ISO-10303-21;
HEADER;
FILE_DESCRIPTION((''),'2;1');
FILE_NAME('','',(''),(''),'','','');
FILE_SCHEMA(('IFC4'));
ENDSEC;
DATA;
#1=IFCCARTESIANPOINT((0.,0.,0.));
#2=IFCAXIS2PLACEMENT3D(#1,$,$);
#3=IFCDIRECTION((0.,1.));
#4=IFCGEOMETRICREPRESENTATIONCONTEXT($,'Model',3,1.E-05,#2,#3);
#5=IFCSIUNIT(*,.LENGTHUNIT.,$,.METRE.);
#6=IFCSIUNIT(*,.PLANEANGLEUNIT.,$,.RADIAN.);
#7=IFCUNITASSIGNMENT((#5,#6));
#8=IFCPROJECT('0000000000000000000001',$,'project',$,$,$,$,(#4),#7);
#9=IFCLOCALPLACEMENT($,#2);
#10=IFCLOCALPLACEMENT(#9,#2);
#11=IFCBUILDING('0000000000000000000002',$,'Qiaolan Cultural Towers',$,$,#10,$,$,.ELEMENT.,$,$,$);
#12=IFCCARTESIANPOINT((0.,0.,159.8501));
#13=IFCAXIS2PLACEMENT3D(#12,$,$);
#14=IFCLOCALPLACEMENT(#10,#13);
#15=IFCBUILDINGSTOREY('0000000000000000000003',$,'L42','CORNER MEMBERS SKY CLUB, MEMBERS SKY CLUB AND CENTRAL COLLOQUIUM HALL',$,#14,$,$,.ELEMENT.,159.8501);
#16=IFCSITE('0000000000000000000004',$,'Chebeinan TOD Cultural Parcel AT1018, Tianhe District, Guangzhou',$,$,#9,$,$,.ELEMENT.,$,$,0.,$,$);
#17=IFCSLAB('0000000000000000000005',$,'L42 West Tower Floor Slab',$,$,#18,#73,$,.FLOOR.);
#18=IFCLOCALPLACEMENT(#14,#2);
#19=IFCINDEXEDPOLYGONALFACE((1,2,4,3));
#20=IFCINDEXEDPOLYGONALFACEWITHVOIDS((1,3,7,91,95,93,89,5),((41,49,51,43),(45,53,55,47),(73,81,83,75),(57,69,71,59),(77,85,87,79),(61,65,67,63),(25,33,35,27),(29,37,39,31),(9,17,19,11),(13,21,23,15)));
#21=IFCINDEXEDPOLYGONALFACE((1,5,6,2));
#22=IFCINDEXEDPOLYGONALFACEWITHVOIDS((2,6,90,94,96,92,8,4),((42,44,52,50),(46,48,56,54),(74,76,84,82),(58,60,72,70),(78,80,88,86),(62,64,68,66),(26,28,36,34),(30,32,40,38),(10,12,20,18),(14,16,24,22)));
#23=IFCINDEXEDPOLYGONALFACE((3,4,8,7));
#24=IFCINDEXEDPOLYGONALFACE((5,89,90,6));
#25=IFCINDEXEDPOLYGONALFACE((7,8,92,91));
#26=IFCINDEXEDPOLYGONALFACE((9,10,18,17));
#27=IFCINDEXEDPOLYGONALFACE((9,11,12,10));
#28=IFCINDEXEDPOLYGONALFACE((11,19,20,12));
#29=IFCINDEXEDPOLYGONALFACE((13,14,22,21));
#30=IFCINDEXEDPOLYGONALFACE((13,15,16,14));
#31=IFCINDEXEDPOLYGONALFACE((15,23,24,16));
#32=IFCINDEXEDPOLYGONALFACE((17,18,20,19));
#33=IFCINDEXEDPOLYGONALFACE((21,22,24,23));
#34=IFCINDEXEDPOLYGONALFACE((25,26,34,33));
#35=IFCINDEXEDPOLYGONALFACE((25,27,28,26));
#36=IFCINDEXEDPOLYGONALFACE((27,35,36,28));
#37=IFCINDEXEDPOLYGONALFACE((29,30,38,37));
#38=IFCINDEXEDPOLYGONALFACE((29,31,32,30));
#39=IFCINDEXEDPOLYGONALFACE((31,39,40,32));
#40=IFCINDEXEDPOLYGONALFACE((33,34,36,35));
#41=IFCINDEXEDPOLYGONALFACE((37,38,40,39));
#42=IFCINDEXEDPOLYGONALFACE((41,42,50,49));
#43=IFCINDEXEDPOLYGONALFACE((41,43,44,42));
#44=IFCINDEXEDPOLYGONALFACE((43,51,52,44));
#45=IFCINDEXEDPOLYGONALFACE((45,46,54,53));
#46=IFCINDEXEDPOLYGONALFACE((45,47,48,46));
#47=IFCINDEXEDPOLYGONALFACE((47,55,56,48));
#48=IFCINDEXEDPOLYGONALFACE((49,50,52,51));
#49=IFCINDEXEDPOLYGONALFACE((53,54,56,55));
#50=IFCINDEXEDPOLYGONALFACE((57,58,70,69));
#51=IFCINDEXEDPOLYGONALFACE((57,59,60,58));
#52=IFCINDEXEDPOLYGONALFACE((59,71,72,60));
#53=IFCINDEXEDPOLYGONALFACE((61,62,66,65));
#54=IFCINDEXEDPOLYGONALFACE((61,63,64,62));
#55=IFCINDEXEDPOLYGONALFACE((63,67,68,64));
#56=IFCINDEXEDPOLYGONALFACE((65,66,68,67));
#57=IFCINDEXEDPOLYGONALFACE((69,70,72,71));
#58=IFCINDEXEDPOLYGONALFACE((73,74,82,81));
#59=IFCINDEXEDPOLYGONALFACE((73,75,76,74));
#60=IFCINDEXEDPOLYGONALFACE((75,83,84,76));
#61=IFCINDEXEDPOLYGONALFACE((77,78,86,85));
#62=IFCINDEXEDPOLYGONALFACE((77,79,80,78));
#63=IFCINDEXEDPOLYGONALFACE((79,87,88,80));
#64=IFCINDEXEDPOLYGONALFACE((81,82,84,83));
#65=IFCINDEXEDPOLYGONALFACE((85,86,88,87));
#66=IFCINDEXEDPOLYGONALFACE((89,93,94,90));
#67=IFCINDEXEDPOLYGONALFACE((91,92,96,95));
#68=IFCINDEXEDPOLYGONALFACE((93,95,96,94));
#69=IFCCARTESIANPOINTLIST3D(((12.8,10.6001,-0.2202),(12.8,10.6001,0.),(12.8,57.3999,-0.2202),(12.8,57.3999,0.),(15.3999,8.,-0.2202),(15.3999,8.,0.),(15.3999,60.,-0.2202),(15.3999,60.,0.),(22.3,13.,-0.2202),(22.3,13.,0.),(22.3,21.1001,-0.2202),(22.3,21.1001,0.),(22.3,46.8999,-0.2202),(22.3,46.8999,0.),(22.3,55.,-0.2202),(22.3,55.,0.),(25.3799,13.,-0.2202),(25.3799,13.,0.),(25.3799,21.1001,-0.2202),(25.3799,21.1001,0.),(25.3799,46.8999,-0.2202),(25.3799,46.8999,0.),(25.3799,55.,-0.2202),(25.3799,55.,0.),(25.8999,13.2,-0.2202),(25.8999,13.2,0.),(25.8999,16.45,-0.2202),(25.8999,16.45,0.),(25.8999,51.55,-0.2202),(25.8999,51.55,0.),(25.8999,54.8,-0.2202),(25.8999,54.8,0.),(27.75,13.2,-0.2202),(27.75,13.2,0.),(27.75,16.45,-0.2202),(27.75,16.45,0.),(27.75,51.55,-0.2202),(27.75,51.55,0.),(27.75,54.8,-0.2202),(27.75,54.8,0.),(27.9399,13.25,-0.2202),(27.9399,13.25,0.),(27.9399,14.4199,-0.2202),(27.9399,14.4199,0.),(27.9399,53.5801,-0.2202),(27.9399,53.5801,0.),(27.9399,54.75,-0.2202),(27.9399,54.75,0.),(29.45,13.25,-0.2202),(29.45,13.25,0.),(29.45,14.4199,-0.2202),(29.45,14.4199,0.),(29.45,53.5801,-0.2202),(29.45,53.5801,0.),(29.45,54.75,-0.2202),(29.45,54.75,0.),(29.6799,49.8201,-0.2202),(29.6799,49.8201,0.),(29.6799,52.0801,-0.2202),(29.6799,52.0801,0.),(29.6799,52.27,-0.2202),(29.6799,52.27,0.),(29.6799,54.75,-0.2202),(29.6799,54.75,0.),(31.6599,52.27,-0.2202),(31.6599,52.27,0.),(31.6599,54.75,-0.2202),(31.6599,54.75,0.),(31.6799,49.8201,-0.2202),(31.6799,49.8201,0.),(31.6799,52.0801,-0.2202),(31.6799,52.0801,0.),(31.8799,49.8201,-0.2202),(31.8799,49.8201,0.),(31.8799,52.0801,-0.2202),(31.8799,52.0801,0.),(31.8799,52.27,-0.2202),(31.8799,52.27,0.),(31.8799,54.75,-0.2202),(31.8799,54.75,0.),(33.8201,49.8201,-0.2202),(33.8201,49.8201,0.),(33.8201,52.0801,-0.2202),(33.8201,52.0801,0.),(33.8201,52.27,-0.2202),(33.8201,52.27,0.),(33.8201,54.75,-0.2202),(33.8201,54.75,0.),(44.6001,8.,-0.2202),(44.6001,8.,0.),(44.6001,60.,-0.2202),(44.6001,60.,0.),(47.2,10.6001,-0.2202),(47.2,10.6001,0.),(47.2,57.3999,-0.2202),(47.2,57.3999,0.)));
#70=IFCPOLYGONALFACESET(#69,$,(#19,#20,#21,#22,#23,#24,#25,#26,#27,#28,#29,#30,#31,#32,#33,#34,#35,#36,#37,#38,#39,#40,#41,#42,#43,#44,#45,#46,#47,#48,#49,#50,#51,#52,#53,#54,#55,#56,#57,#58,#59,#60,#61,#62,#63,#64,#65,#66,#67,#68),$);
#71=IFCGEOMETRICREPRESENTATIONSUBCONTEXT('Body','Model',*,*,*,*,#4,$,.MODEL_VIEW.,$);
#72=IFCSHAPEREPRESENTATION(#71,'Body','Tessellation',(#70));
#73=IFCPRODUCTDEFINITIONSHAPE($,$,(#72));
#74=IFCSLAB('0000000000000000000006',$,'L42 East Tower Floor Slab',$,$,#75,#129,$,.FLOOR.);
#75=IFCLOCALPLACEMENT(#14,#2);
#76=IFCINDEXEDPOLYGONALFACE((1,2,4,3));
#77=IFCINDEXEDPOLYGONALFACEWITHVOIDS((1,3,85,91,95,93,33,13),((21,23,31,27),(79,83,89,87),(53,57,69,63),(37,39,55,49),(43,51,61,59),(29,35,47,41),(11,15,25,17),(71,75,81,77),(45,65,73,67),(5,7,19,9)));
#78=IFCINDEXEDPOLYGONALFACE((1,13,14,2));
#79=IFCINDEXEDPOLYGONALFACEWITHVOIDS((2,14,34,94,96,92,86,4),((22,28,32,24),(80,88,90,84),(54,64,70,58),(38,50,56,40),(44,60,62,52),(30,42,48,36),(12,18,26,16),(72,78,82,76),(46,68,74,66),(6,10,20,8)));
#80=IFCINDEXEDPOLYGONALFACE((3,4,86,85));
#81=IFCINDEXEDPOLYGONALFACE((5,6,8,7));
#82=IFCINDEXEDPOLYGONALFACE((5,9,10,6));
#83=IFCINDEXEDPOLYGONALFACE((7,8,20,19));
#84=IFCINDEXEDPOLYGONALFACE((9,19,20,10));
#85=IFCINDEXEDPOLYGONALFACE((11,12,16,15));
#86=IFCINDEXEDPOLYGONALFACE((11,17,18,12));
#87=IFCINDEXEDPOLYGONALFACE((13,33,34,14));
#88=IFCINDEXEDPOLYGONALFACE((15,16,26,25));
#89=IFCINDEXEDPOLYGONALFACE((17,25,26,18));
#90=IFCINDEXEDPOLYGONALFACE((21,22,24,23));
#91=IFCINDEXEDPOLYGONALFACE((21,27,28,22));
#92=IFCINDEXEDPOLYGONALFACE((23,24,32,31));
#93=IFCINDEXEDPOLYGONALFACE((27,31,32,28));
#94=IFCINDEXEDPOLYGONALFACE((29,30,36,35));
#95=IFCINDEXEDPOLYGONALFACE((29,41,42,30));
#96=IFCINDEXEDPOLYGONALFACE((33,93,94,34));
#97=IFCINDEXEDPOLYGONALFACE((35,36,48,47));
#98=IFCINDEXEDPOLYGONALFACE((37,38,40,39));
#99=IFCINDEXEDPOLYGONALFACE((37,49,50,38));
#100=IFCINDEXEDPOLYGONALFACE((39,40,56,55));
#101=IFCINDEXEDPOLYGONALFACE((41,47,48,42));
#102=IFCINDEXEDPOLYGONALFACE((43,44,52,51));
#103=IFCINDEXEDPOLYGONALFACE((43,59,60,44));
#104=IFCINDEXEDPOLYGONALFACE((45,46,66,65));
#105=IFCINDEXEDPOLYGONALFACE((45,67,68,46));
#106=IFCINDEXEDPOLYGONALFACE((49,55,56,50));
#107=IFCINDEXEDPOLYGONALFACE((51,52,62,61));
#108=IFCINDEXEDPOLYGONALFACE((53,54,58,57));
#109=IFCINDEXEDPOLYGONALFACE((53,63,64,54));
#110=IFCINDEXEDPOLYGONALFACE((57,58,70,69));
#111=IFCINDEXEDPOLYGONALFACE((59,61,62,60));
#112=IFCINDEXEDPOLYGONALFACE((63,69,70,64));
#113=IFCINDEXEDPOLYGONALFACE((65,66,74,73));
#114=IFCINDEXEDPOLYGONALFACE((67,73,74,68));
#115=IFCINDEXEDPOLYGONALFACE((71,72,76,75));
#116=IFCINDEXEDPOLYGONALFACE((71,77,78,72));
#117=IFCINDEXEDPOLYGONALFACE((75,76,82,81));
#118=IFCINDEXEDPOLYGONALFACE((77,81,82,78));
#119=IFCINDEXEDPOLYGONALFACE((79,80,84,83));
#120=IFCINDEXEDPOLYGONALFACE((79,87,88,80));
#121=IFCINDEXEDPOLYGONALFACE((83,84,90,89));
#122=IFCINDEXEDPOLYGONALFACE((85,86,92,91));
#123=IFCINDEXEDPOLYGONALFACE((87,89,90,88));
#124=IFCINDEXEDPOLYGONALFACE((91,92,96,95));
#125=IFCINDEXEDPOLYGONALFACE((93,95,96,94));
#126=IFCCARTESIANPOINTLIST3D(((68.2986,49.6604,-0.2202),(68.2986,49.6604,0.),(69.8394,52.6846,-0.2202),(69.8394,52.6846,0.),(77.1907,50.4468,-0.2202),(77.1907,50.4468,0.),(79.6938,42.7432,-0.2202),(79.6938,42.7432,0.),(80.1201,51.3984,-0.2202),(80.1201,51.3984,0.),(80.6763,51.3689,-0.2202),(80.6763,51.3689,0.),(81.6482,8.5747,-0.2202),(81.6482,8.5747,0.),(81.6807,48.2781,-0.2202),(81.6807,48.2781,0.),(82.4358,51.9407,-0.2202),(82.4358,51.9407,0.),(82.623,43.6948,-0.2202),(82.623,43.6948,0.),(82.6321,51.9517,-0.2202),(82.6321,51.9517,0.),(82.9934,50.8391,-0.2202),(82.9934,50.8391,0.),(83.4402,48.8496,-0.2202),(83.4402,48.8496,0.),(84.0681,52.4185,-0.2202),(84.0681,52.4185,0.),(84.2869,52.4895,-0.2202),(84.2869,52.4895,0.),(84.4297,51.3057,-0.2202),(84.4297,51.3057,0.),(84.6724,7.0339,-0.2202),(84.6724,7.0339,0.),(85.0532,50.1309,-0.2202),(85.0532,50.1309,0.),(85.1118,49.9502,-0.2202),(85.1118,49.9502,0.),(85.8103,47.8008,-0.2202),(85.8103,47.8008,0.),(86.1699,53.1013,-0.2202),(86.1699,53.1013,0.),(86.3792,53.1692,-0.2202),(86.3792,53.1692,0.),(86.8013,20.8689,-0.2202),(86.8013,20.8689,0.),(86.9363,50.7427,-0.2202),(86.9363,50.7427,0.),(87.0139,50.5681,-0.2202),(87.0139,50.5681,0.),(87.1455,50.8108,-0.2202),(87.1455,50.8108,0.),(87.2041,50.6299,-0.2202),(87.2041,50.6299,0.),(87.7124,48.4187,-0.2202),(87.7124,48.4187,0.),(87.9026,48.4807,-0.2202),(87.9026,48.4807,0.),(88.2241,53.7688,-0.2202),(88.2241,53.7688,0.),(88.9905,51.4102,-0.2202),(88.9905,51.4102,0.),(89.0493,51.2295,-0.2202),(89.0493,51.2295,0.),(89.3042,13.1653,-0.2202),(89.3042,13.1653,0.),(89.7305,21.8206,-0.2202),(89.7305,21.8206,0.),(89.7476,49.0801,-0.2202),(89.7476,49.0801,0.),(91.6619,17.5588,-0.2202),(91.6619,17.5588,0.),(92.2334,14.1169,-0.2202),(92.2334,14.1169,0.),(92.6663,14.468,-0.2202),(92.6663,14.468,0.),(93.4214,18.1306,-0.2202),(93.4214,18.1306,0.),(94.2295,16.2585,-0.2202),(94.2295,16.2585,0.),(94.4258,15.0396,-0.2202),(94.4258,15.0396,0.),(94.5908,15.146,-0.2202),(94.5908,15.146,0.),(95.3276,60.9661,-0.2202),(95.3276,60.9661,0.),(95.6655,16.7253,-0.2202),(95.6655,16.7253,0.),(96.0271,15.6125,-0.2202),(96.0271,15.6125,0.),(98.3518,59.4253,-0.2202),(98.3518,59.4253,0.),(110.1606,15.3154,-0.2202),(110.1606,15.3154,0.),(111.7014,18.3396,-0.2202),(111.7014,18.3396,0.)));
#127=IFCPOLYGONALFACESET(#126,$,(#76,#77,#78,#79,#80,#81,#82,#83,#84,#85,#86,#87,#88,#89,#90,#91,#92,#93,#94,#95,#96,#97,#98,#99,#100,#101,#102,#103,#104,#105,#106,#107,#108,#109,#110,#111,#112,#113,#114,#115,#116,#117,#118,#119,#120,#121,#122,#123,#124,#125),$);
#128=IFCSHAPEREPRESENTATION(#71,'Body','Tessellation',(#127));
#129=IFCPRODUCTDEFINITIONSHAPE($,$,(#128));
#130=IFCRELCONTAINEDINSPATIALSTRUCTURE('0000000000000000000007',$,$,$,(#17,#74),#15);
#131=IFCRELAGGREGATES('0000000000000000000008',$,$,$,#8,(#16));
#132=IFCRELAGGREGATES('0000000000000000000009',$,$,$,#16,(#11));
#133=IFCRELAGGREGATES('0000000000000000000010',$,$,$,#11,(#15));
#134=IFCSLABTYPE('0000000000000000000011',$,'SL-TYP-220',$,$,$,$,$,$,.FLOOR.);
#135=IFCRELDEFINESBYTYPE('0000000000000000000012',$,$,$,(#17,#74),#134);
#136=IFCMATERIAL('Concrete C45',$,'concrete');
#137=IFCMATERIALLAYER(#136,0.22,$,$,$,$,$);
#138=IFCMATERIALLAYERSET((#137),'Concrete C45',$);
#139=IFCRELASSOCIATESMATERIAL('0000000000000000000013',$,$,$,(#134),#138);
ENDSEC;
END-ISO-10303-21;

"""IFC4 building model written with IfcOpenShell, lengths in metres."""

from ifc_helpers import new_model, si_unit, direction, frame, origin, place, context, subcontext, project, spatial, polyline, outline, extrude, material, layer, layer_set, type_object, element, save


model = new_model("IFC4")

# Units and contexts
model_context = context("Model", 3, precision=1e-05, world=origin(), true_north=direction((0.0, 1.0)))
body_context = subcontext(model_context, "Body", "Model", "MODEL_VIEW")
ifc_project = project(units=[si_unit("LENGTHUNIT", "METRE"), si_unit("PLANEANGLEUNIT", "RADIAN")], contexts=[model_context])

# Site, building, storey
site_placement = place(None, origin())
site = spatial("IfcSite", under=ifc_project, at=site_placement, Name="Chebeinan TOD Cultural Parcel AT1018, Tianhe District, Guangzhou", CompositionType="ELEMENT", RefElevation=0.0)
building_placement = place(site_placement, origin())
building = spatial("IfcBuilding", under=site, at=building_placement, Name="Qiaolan Cultural Towers", CompositionType="ELEMENT")
storey_placement = place(building_placement, frame((0.0, 0.0, 159.8501)))
storey = spatial("IfcBuildingStorey", under=building, at=storey_placement, Name="L42", Description="CORNER MEMBERS SKY CLUB, MEMBERS SKY CLUB AND CENTRAL COLLOQUIUM HALL", CompositionType="ELEMENT", Elevation=159.8501)

# Slabs
ifc_material_1 = material(Name="Concrete C45", Category="concrete")
ifc_layer_1 = layer(ifc_material_1, 0.22)
ifc_layer_set_1 = layer_set([ifc_layer_1], Name="Concrete C45")
slab_type_1 = type_object("IfcSlabType", Name="SL-TYP-220", PredefinedType="FLOOR", material=ifc_layer_set_1)
slab_1_placement = place(storey_placement, frame((0.0, 0.0, -0.2202)))
element("IfcSlab", 1, at=slab_1_placement, inside=storey, type_object=slab_type_1, Name="L42 West Tower Floor Slab", PredefinedType="FLOOR", context=body_context, shape_type="SweptSolid", body=[
    extrude(outline(polyline([(15.3999, 8.0), (44.6001, 8.0), (47.2, 10.6001), (47.2, 57.3999), (44.6001, 60.0), (15.3999, 60.0), (12.8, 57.3999), (12.8, 10.6001), (15.3999, 8.0)]), holes=[polyline([(22.3, 21.1001), (22.3, 13.0), (25.3799, 13.0), (25.3799, 21.1001), (22.3, 21.1001)]), polyline([(25.3799, 46.8999), (25.3799, 55.0), (22.3, 55.0), (22.3, 46.8999), (25.3799, 46.8999)]), polyline([(25.8999, 13.2), (27.75, 13.2), (27.75, 16.45), (25.8999, 16.45), (25.8999, 13.2)]), polyline([(27.9399, 13.25), (29.45, 13.25), (29.45, 14.4199), (27.9399, 14.4199), (27.9399, 13.25)]), polyline([(25.8999, 51.55), (27.75, 51.55), (27.75, 54.8), (25.8999, 54.8), (25.8999, 51.55)]), polyline([(27.9399, 53.5801), (29.45, 53.5801), (29.45, 54.75), (27.9399, 54.75), (27.9399, 53.5801)]), polyline([(29.6799, 49.8201), (31.6799, 49.8201), (31.6799, 52.0801), (29.6799, 52.0801), (29.6799, 49.8201)]), polyline([(31.8799, 49.8201), (33.8201, 49.8201), (33.8201, 52.0801), (31.8799, 52.0801), (31.8799, 49.8201)]), polyline([(29.6799, 52.27), (31.6599, 52.27), (31.6599, 54.75), (29.6799, 54.75), (29.6799, 52.27)]), polyline([(31.8799, 52.27), (33.8201, 52.27), (33.8201, 54.75), (31.8799, 54.75), (31.8799, 52.27)])]), origin(), (0.0, 0.0, 1.0), 0.2202),
])
slab_2_placement = place(storey_placement, frame((0.0, 0.0, -0.2202)))
element("IfcSlab", 2, at=slab_2_placement, inside=storey, type_object=slab_type_1, Name="L42 East Tower Floor Slab", PredefinedType="FLOOR", context=body_context, shape_type="SweptSolid", body=[
    extrude(outline(polyline([(84.6724, 7.0339), (110.1606, 15.3154), (111.7014, 18.3396), (98.3518, 59.4253), (95.3276, 60.9661), (69.8394, 52.6846), (68.2986, 49.6604), (81.6482, 8.5747), (84.6724, 7.0339)]), holes=[polyline([(86.8013, 20.8689), (89.3042, 13.1653), (92.2334, 14.1169), (89.7305, 21.8206), (86.8013, 20.8689)]), polyline([(82.623, 43.6948), (80.1201, 51.3984), (77.1907, 50.4468), (79.6938, 42.7432), (82.623, 43.6948)]), polyline([(92.6663, 14.468), (94.4258, 15.0396), (93.4214, 18.1306), (91.6619, 17.5588), (92.6663, 14.468)]), polyline([(94.5908, 15.146), (96.0271, 15.6125), (95.6655, 16.7253), (94.2295, 16.2585), (94.5908, 15.146)]), polyline([(81.6807, 48.2781), (83.4402, 48.8496), (82.4358, 51.9407), (80.6763, 51.3689), (81.6807, 48.2781)]), polyline([(82.9934, 50.8391), (84.4297, 51.3057), (84.0681, 52.4185), (82.6321, 51.9517), (82.9934, 50.8391)]), polyline([(85.8103, 47.8008), (87.7124, 48.4187), (87.0139, 50.5681), (85.1118, 49.9502), (85.8103, 47.8008)]), polyline([(87.9026, 48.4807), (89.7476, 49.0801), (89.0493, 51.2295), (87.2041, 50.6299), (87.9026, 48.4807)]), polyline([(85.0532, 50.1309), (86.9363, 50.7427), (86.1699, 53.1013), (84.2869, 52.4895), (85.0532, 50.1309)]), polyline([(87.1455, 50.8108), (88.9905, 51.4102), (88.2241, 53.7688), (86.3792, 53.1692), (87.1455, 50.8108)])]), origin(), (0.0, 0.0, 1.0), 0.2202),
])

save(model, "model.ifc")
